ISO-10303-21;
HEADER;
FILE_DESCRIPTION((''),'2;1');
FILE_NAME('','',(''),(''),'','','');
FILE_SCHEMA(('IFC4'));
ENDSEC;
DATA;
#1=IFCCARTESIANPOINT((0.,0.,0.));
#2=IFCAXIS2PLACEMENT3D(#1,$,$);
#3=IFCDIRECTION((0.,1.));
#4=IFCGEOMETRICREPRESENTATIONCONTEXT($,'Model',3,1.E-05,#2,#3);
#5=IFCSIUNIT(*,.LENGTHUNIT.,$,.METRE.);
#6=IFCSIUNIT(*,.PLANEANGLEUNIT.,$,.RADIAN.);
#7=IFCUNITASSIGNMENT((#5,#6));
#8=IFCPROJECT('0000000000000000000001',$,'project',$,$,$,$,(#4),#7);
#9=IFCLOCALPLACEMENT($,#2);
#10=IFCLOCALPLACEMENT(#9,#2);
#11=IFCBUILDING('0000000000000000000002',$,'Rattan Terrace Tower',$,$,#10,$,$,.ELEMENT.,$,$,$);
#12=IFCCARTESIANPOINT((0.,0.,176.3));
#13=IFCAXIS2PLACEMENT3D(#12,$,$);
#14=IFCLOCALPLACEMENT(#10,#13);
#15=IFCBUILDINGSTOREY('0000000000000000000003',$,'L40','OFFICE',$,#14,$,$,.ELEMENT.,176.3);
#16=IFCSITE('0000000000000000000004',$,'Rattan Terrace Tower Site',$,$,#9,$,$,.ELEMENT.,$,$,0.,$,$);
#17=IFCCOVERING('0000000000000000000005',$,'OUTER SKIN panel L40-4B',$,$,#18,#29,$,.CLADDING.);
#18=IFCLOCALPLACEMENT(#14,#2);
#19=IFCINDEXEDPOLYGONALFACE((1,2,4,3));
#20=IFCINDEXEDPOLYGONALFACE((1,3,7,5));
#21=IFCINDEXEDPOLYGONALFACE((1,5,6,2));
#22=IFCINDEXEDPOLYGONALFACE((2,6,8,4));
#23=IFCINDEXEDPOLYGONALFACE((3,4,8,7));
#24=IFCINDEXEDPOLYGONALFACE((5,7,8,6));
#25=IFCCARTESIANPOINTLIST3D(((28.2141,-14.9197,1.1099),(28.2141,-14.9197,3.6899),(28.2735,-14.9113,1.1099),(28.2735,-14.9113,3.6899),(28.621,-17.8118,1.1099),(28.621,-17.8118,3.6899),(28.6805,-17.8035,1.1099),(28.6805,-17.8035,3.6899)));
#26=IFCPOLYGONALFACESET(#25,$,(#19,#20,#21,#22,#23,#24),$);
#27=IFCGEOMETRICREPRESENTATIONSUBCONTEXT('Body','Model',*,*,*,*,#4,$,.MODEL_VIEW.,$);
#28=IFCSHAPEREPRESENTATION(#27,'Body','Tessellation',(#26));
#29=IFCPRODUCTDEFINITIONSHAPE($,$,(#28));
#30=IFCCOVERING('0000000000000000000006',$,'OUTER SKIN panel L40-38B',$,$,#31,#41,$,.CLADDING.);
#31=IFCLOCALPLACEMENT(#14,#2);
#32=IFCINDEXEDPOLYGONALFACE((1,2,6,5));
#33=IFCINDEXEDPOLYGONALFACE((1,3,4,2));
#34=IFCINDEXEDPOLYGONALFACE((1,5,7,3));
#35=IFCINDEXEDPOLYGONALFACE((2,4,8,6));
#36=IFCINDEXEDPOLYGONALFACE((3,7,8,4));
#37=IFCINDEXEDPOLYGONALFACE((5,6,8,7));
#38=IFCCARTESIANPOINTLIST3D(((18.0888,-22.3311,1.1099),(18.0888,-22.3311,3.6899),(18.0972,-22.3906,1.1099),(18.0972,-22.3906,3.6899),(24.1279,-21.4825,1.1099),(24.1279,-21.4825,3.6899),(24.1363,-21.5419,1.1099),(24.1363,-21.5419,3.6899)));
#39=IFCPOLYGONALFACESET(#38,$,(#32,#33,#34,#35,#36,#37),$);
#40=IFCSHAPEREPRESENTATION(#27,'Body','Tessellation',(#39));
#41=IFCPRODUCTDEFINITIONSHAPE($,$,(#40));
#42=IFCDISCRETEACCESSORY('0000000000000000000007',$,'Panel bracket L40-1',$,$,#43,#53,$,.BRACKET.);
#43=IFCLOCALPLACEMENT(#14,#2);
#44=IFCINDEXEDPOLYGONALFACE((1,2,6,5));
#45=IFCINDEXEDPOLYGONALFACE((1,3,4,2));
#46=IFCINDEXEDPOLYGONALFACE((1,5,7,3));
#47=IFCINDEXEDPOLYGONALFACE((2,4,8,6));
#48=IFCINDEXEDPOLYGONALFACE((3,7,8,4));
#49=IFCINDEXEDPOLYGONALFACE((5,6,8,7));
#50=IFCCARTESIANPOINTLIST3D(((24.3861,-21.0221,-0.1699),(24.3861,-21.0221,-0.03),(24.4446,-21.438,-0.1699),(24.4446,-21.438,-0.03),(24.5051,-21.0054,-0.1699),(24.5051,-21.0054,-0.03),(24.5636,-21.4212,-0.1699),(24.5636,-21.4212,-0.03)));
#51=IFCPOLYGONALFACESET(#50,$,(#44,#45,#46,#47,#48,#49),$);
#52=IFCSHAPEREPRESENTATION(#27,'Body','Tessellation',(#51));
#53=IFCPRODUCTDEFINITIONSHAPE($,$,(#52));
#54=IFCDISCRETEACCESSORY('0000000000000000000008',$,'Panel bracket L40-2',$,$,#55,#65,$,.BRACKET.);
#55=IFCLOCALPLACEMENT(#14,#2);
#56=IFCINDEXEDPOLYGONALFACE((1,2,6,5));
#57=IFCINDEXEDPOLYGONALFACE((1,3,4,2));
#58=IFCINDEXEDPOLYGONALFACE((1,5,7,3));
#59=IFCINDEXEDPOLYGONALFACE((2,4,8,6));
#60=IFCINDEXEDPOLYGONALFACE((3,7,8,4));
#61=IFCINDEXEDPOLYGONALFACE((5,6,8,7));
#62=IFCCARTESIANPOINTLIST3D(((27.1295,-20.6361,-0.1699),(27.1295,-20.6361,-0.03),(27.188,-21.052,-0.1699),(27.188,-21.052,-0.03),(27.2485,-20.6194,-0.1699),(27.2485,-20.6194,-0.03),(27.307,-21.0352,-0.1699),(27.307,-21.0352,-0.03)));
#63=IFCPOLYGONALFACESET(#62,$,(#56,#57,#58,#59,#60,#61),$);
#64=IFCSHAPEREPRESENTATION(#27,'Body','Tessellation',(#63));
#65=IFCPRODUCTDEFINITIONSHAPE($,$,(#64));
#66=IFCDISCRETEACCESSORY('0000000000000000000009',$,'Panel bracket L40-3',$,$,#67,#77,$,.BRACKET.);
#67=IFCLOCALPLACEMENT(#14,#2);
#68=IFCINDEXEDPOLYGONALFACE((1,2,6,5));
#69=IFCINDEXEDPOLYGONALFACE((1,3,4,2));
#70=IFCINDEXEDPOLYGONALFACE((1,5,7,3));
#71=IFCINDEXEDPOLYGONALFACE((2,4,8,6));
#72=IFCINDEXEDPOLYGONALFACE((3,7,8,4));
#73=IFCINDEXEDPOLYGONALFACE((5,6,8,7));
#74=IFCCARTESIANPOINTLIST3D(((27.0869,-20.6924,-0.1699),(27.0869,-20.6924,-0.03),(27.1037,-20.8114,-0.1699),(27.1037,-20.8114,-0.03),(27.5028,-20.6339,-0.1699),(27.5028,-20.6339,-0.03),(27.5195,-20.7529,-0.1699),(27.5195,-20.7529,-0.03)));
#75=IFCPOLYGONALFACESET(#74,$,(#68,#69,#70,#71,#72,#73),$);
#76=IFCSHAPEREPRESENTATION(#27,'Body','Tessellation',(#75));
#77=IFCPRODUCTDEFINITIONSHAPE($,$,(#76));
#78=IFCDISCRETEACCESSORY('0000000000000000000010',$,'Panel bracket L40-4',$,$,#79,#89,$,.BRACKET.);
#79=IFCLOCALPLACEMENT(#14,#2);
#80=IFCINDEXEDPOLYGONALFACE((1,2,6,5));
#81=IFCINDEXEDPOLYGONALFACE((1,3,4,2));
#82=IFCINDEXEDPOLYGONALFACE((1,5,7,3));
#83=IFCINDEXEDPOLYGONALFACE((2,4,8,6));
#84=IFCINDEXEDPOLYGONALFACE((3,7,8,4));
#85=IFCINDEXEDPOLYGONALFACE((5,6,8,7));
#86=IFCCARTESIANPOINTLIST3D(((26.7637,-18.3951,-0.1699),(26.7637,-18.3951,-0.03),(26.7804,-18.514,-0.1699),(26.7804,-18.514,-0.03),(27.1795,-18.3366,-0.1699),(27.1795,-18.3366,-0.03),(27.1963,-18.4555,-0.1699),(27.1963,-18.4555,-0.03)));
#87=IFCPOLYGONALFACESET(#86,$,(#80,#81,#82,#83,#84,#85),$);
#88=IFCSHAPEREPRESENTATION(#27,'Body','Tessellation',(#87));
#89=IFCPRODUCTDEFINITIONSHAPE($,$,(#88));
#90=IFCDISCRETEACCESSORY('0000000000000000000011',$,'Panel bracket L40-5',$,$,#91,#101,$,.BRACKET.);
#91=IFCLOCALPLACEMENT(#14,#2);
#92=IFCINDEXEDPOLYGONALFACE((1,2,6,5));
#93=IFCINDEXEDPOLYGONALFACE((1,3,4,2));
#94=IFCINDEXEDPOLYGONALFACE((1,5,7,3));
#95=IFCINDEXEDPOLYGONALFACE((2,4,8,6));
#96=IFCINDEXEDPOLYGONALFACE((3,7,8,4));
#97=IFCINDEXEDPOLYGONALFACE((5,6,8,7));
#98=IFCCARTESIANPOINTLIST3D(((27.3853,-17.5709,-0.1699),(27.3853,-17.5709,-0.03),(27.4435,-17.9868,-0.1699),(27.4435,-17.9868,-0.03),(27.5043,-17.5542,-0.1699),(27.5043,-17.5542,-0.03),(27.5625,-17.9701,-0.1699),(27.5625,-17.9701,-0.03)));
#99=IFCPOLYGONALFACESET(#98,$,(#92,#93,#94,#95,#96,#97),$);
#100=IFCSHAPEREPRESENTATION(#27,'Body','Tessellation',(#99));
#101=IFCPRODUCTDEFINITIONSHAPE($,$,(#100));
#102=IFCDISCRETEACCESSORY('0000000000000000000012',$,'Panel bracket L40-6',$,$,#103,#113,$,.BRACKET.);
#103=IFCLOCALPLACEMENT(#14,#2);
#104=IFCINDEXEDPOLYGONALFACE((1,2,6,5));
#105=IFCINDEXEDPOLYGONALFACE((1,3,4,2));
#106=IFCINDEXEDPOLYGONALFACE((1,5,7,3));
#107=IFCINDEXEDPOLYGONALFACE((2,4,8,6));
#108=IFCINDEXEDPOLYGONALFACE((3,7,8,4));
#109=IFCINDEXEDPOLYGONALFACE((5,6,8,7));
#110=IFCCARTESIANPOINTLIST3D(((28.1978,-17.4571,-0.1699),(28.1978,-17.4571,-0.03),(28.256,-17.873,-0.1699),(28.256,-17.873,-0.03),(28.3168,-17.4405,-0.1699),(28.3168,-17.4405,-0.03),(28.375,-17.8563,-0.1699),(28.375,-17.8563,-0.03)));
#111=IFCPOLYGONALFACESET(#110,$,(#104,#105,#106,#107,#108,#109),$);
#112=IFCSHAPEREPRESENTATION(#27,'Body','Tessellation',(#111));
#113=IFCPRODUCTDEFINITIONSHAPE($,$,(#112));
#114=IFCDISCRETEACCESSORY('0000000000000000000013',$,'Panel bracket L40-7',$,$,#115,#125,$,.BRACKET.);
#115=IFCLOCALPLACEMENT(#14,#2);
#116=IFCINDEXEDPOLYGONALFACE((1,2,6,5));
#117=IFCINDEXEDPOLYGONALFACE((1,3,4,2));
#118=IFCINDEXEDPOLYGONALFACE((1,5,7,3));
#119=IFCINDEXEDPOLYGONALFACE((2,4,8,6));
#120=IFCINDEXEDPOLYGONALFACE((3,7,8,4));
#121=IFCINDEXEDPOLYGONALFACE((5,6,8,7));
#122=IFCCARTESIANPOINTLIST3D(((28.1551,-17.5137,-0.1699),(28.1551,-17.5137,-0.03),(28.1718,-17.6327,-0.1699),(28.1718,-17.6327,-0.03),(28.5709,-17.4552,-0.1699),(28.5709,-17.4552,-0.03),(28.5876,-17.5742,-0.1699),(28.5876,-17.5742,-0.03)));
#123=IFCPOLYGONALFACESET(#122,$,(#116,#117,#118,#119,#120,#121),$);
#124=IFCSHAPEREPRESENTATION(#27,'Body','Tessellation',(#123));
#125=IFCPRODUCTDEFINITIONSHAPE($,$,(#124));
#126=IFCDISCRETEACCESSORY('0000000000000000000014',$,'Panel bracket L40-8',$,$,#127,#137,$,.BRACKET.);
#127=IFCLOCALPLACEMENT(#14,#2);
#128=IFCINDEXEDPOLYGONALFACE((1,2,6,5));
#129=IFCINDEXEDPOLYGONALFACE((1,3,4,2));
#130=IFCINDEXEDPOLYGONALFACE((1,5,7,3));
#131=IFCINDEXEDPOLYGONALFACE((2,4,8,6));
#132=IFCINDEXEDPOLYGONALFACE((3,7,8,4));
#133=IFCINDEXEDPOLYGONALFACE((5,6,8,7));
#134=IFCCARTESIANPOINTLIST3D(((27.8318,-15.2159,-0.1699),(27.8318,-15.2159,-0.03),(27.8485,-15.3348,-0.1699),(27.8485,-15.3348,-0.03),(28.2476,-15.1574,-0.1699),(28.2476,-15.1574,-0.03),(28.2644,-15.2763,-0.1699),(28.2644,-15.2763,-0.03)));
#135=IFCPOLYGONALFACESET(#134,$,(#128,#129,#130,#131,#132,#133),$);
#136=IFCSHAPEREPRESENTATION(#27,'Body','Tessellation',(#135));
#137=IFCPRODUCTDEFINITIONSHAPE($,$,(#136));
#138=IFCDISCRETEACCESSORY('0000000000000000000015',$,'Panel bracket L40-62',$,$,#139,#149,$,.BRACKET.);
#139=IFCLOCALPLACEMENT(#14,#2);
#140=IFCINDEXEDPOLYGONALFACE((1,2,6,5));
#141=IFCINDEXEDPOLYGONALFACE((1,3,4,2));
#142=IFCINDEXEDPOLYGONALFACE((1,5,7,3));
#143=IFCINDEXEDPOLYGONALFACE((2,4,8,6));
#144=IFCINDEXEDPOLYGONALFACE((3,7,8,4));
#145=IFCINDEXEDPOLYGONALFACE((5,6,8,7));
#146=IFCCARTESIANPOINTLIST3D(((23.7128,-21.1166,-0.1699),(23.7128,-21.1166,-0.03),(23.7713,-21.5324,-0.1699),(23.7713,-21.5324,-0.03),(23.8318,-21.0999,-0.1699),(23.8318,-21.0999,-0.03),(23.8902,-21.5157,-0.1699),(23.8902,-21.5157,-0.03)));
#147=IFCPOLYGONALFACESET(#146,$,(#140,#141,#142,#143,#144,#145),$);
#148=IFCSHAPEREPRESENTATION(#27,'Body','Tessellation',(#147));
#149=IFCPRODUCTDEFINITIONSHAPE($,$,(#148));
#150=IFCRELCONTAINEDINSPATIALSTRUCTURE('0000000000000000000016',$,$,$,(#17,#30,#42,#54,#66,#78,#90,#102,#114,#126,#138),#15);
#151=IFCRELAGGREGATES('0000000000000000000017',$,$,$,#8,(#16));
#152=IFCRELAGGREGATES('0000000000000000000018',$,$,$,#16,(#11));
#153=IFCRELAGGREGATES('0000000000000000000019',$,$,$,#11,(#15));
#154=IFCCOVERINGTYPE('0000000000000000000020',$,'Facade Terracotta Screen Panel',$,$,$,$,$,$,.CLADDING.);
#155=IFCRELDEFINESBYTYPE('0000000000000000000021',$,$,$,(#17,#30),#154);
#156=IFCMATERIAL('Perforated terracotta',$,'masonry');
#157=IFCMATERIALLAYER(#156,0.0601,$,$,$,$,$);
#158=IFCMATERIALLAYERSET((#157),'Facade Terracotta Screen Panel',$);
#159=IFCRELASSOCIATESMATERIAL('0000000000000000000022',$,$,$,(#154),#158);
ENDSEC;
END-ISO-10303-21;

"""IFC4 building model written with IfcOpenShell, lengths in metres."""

from ifc_helpers import new_model, si_unit, direction, frame, origin, origin_2d, place, context, subcontext, project, spatial, rectangle, extrude, material, layer, layer_set, type_object, element, save


model = new_model("IFC4")

# Units and contexts
model_context = context("Model", 3, precision=1e-05, world=origin(), true_north=direction((0.0, 1.0)))
body_context = subcontext(model_context, "Body", "Model", "MODEL_VIEW")
ifc_project = project(units=[si_unit("LENGTHUNIT", "METRE"), si_unit("PLANEANGLEUNIT", "RADIAN")], contexts=[model_context])

# Site, building, storey
site_placement = place(None, origin())
site = spatial("IfcSite", under=ifc_project, at=site_placement, Name="Rattan Terrace Tower Site", CompositionType="ELEMENT", RefElevation=0.0)
building_placement = place(site_placement, origin())
building = spatial("IfcBuilding", under=site, at=building_placement, Name="Rattan Terrace Tower", CompositionType="ELEMENT")
storey_placement = place(building_placement, frame((0.0, 0.0, 176.3)))
storey = spatial("IfcBuildingStorey", under=building, at=storey_placement, Name="L40", Description="OFFICE", CompositionType="ELEMENT", Elevation=176.3)

# Coverings
ifc_material_1 = material(Name="Perforated terracotta", Category="masonry")
ifc_layer_1 = layer(ifc_material_1, 0.0601)
ifc_layer_set_1 = layer_set([ifc_layer_1], Name="Facade Terracotta Screen Panel")
covering_type_1 = type_object("IfcCoveringType", Name="Facade Terracotta Screen Panel", PredefinedType="CLADDING", material=ifc_layer_set_1)
covering_1_placement = place(storey_placement, frame((28.4473, -16.3616, 1.1099), z_axis=(0.0, 0.0, 1.0), x_axis=(-0.139321, 0.990247, 0.0)))
element("IfcCovering", 1, at=covering_1_placement, inside=storey, type_object=covering_type_1, Name="OUTER SKIN panel L40-4B", PredefinedType="CLADDING", context=body_context, shape_type="SweptSolid", body=[
    extrude(rectangle(XDim=2.9207, YDim=0.0601, at=origin_2d()), origin(), (0.0, 0.0, 1.0), 2.5801),
])
covering_2_placement = place(storey_placement, frame((21.1125, -21.9365, 1.1099), z_axis=(0.0, 0.0, 1.0), x_axis=(0.99027, 0.139161, 0.0)))
element("IfcCovering", 2, at=covering_2_placement, inside=storey, type_object=covering_type_1, Name="OUTER SKIN panel L40-38B", PredefinedType="CLADDING", context=body_context, shape_type="SweptSolid", body=[
    extrude(rectangle(XDim=6.0984, YDim=0.0601, at=origin_2d()), origin(), (0.0, 0.0, 1.0), 2.5801),
])

# Discrete accessories
for number, where, z_axis, x_axis, name in (
    (3, (24.4749, -21.2217, -0.1699), (0.0, 0.0, 1.0), (0.990247, 0.139321, 0.0), "Panel bracket L40-1"),
    (4, (27.2183, -20.8357, -0.1699), (0.0, 0.0, 1.0), (0.990247, 0.139321, 0.0), "Panel bracket L40-2"),
    (5, (27.3032, -20.7227, -0.1699), (0.0, 0.0, 1.0), (-0.139321, 0.990247, 0.0), "Panel bracket L40-3"),
    (6, (26.98, -18.4253, -0.1699), (0.0, 0.0, 1.0), (-0.139321, 0.990247, 0.0), "Panel bracket L40-4"),
    (7, (27.4739, -17.7705, -0.1699), (0.0, 0.0, 1.0), (0.990345, 0.138622, 0.0), "Panel bracket L40-5"),
    (8, (28.2864, -17.6567, -0.1699), (0.0, 0.0, 1.0), (0.990345, 0.138622, 0.0), "Panel bracket L40-6"),
    (9, (28.3713, -17.5439, -0.1699), (0.0, 0.0, 1.0), (-0.139321, 0.990247, 0.0), "Panel bracket L40-7"),
    (10, (28.0481, -15.2461, -0.1699), (0.0, 0.0, 1.0), (-0.139321, 0.990247, 0.0), "Panel bracket L40-8"),
    (11, (23.8015, -21.3162, -0.1699), (0.0, 0.0, 1.0), (0.99027, 0.139161, 0.0), "Panel bracket L40-62"),
):
    element("IfcDiscreteAccessory", number, at=place(storey_placement, frame(where, z_axis=z_axis, x_axis=x_axis)), inside=storey, Name=name, PredefinedType="BRACKET", context=body_context, shape_type="SweptSolid", body=[
        extrude(rectangle(XDim=0.1201, YDim=0.4199, at=origin_2d()), origin(), (0.0, 0.0, 1.0), 0.1399),
    ])

save(model, "model.ifc")
